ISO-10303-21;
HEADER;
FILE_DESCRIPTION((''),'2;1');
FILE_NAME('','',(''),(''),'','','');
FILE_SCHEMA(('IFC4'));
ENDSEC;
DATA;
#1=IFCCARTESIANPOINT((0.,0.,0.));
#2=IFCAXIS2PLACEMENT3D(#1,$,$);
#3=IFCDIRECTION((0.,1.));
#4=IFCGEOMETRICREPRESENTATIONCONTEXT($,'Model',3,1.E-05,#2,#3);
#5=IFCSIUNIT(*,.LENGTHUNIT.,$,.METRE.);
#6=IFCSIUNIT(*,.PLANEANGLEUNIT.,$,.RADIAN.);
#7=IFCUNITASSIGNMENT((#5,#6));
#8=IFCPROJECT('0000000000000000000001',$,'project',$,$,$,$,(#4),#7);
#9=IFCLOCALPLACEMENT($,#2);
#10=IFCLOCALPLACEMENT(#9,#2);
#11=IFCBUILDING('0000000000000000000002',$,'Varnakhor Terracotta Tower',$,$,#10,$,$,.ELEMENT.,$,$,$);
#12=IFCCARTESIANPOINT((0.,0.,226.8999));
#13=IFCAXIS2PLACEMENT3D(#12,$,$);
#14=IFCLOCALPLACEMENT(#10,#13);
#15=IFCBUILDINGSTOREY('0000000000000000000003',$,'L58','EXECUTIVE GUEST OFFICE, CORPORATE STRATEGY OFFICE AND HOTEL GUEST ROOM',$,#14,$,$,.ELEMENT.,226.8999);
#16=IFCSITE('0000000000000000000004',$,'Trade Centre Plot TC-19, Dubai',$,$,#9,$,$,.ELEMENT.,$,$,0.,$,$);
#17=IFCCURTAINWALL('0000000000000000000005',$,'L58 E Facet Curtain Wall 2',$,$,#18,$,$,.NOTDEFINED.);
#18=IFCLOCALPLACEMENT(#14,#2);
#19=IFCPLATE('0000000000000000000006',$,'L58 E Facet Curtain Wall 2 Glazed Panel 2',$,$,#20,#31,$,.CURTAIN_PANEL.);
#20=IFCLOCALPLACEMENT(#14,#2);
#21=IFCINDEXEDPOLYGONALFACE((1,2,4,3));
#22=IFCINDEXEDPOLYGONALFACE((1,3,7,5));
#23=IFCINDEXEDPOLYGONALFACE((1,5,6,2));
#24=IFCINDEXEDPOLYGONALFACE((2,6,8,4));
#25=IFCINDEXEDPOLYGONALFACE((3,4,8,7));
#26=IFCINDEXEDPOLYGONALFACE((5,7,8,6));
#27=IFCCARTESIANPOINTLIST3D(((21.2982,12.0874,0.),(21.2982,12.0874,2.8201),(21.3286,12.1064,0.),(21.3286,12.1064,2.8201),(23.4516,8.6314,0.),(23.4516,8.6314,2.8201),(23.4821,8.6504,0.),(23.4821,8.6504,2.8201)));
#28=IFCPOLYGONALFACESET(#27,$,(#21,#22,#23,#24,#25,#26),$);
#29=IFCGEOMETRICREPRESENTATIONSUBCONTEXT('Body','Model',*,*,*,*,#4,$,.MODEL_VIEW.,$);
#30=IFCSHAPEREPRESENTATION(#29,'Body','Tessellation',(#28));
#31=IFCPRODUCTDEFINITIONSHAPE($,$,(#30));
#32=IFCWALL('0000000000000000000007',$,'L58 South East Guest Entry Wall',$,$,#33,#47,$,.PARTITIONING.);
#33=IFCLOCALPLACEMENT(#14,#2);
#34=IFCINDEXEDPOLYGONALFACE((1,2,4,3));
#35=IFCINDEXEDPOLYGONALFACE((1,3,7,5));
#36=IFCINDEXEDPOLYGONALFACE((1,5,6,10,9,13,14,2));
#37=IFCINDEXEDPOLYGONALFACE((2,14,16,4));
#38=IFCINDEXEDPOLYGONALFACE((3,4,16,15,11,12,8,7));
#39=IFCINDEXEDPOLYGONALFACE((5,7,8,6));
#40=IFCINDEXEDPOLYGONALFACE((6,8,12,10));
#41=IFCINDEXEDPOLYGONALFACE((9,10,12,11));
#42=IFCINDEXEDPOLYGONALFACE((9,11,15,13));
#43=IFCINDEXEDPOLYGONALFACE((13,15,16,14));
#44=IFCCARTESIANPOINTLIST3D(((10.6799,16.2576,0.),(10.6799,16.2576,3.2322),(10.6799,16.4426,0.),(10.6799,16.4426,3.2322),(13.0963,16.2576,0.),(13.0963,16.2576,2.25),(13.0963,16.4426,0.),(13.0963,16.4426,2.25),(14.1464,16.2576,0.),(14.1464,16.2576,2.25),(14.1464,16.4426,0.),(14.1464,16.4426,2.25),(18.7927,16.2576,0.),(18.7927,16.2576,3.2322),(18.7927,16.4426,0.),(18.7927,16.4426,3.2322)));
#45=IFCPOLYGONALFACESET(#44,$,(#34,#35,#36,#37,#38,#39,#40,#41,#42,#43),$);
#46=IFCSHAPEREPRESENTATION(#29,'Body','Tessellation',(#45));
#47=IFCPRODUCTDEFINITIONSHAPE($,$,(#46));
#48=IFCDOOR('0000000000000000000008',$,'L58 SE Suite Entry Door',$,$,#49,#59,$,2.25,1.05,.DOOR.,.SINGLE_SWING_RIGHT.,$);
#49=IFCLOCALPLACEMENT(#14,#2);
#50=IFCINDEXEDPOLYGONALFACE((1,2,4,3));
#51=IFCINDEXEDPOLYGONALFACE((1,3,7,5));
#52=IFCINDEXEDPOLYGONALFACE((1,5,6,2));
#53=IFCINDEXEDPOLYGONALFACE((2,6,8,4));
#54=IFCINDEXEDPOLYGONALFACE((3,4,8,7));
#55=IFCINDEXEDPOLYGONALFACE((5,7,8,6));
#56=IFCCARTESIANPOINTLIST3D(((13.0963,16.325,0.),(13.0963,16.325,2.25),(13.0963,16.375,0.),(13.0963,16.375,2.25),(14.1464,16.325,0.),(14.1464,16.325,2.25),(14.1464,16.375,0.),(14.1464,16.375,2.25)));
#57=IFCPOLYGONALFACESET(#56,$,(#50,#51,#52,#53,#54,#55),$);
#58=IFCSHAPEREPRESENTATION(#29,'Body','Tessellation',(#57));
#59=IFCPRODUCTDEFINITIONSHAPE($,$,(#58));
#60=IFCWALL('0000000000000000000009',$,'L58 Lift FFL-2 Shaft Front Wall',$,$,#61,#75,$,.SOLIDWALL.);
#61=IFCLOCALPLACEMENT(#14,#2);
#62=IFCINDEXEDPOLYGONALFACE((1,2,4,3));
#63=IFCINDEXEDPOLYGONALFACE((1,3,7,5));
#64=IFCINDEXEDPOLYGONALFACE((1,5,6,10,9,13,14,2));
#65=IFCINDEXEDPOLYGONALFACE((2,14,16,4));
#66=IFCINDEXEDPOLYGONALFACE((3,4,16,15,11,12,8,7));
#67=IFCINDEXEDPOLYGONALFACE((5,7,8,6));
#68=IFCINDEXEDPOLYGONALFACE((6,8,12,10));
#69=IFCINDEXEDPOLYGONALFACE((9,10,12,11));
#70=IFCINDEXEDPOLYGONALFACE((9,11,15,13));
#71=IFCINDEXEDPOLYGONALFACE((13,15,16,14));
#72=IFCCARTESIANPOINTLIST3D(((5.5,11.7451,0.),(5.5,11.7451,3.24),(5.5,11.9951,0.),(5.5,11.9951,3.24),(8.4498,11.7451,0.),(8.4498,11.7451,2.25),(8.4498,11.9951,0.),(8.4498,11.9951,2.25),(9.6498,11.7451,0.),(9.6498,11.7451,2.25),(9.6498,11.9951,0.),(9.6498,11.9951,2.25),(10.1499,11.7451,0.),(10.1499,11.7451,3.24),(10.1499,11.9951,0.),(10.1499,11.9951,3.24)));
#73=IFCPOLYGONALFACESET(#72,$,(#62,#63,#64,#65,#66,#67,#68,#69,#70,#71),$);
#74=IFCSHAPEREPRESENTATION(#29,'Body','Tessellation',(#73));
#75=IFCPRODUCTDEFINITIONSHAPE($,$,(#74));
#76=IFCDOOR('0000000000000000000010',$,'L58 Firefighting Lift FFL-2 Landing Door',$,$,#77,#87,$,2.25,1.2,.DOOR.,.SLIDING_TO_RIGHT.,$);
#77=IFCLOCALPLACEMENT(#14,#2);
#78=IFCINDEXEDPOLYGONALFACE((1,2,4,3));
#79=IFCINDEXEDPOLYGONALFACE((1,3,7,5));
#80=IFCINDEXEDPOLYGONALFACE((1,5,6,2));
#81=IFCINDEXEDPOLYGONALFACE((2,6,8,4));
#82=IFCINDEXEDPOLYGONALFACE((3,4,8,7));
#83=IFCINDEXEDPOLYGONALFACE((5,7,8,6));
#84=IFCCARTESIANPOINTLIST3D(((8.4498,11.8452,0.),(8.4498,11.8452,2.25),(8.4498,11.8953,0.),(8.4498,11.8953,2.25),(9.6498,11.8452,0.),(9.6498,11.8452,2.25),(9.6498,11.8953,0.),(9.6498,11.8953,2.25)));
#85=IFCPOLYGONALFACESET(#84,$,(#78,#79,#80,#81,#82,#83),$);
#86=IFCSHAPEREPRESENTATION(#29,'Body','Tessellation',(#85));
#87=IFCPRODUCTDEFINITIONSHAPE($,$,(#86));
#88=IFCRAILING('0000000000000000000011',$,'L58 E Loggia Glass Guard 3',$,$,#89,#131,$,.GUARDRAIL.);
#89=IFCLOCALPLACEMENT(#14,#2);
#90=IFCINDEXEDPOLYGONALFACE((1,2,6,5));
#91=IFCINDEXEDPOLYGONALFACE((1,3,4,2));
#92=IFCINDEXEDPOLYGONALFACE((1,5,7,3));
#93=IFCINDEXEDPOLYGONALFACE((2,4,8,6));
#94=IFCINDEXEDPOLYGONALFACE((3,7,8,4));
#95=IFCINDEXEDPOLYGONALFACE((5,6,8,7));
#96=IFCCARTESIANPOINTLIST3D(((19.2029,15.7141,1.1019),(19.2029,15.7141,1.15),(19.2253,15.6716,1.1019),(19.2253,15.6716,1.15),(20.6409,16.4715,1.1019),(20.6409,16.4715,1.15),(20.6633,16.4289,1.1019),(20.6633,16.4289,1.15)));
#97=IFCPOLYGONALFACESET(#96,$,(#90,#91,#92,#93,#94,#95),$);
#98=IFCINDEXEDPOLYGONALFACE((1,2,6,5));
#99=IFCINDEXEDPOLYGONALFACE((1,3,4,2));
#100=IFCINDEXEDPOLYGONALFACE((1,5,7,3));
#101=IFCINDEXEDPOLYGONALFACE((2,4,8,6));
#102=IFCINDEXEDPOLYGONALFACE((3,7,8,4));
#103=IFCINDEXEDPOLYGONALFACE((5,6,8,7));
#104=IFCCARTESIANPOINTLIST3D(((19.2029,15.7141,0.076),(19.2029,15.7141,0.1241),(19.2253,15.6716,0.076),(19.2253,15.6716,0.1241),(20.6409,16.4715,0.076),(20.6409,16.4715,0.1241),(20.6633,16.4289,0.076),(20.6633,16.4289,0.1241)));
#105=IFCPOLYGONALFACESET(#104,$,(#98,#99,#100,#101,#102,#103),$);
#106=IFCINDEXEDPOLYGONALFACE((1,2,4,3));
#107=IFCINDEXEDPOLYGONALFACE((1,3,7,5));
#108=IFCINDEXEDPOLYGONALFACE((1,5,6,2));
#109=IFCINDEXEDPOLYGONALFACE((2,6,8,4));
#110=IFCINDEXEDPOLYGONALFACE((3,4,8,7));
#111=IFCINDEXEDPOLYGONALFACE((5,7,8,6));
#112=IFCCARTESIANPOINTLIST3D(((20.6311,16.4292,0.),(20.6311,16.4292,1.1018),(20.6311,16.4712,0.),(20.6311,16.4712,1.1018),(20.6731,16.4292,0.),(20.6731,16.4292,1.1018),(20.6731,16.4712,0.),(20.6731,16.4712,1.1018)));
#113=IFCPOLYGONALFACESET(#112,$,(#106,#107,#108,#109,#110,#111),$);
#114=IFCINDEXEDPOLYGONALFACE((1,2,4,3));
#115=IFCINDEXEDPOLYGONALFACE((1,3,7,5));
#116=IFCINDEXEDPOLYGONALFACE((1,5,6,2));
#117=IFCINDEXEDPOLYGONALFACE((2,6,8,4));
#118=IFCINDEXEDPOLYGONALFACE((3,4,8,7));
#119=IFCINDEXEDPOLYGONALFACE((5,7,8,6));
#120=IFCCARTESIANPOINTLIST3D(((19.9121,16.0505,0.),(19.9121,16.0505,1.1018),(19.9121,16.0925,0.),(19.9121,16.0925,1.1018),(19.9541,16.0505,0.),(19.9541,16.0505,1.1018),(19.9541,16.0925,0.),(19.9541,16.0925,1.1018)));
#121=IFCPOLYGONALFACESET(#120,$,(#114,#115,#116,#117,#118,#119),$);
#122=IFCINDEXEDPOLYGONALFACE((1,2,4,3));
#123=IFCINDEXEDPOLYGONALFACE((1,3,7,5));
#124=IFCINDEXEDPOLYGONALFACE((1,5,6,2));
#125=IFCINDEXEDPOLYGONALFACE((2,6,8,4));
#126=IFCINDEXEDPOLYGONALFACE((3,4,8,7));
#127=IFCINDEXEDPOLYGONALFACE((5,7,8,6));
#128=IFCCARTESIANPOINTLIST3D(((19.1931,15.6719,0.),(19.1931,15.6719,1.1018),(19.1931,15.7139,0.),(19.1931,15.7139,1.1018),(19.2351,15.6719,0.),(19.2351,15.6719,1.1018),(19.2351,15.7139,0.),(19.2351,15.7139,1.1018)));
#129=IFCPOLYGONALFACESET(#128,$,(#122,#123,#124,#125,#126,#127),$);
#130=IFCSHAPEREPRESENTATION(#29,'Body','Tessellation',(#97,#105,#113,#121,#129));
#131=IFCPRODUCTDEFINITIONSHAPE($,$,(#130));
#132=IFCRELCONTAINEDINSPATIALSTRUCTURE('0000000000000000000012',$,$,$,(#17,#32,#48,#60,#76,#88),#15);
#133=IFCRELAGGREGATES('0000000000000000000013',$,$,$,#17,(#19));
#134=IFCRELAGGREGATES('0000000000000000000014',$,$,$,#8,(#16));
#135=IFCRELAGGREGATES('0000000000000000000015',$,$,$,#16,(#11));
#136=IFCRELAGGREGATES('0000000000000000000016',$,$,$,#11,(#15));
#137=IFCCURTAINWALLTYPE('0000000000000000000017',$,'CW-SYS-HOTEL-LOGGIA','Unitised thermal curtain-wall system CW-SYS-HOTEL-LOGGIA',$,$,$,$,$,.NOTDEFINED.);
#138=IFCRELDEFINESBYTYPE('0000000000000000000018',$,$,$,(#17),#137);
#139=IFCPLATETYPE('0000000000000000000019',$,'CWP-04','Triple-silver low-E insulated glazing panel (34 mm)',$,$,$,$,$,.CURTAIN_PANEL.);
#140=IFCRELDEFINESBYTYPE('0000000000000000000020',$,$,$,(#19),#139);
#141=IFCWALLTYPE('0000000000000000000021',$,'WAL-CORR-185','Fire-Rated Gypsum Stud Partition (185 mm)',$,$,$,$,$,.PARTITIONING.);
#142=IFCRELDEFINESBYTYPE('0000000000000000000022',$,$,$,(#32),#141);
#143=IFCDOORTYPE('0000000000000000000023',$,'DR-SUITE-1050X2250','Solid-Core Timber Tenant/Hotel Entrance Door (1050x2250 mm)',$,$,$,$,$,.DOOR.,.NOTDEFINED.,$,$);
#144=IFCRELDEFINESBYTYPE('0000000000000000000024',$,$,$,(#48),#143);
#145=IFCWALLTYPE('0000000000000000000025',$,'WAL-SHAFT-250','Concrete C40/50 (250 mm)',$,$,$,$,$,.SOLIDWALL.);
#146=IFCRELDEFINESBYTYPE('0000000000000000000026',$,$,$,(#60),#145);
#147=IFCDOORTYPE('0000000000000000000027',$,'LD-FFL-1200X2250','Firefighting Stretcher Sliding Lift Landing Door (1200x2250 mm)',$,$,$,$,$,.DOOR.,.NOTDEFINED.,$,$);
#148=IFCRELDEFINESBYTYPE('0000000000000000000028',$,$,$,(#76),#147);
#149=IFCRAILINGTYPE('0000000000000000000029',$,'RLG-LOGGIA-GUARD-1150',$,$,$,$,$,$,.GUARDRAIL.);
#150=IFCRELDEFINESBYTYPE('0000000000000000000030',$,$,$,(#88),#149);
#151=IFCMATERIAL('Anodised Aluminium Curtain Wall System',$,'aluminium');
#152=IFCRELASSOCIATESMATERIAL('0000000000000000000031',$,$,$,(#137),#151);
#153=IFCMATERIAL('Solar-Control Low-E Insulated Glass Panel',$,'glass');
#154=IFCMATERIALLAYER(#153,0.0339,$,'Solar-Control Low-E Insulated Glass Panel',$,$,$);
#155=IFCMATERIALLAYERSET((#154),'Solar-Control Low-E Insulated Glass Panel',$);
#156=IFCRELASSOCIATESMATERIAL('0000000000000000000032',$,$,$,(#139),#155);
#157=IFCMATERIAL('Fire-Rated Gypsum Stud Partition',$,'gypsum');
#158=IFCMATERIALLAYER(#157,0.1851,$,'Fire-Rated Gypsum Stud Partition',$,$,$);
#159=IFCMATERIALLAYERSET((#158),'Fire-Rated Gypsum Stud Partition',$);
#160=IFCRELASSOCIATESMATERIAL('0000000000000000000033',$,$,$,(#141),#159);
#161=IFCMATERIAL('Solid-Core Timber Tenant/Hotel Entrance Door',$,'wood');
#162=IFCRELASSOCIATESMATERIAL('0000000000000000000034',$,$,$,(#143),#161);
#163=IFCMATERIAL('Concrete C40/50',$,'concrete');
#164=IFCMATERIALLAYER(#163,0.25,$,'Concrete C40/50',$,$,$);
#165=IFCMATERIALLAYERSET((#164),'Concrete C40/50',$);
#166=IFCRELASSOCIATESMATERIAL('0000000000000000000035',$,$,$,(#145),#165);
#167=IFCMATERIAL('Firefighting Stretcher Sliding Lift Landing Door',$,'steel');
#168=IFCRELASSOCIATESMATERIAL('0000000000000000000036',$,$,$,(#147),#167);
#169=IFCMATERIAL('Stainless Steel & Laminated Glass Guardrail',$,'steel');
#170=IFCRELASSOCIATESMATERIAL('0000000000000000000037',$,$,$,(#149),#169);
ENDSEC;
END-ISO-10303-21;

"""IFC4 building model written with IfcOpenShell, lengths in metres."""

from ifc_helpers import new_model, si_unit, direction, frame, frame_2d, origin, origin_2d, place, context, subcontext, project, spatial, rectangle, extrude, source, transform, mapped, material, layer, layer_set, type_object, type_shapes, element, fill, aggregate, save


model = new_model("IFC4")

# Units and contexts
model_context = context("Model", 3, precision=1e-05, world=origin(), true_north=direction((0.0, 1.0)))
body_context = subcontext(model_context, "Body", "Model", "MODEL_VIEW")
ifc_project = project(units=[si_unit("LENGTHUNIT", "METRE"), si_unit("PLANEANGLEUNIT", "RADIAN")], contexts=[model_context])

# Site, building, storey
site_placement = place(None, origin())
site = spatial("IfcSite", under=ifc_project, at=site_placement, Name="Trade Centre Plot TC-19, Dubai", CompositionType="ELEMENT", RefElevation=0.0)
building_placement = place(site_placement, origin())
building = spatial("IfcBuilding", under=site, at=building_placement, Name="Varnakhor Terracotta Tower", CompositionType="ELEMENT")
storey_placement = place(building_placement, frame((0.0, 0.0, 226.8999)))
storey = spatial("IfcBuildingStorey", under=building, at=storey_placement, Name="L58", Description="EXECUTIVE GUEST OFFICE, CORPORATE STRATEGY OFFICE AND HOTEL GUEST ROOM", CompositionType="ELEMENT", Elevation=226.8999)

# Curtain wall, plate
ifc_material_1 = material(Name="Anodised Aluminium Curtain Wall System", Category="aluminium")
curtain_wall_type = type_object("IfcCurtainWallType", Name="CW-SYS-HOTEL-LOGGIA", Description="Unitised thermal curtain-wall system CW-SYS-HOTEL-LOGGIA", PredefinedType="NOTDEFINED", material=ifc_material_1)
curtain_wall_placement = place(storey_placement, origin())
curtain_wall = element("IfcCurtainWall", 1, at=curtain_wall_placement, inside=storey, type_object=curtain_wall_type, Name="L58 E Facet Curtain Wall 2", PredefinedType="NOTDEFINED")
ifc_material_2 = material(Name="Solar-Control Low-E Insulated Glass Panel", Category="glass")
ifc_layer_1 = layer(ifc_material_2, 0.0339, Name="Solar-Control Low-E Insulated Glass Panel")
ifc_layer_set_1 = layer_set([ifc_layer_1], Name="Solar-Control Low-E Insulated Glass Panel")
plate_type = type_object("IfcPlateType", Name="CWP-04", Description="Triple-silver low-E insulated glazing panel (34 mm)", PredefinedType="CURTAIN_PANEL", material=ifc_layer_set_1)
shared_shape_1 = source(origin(), body_context, "Body", "SweptSolid", [
    extrude(rectangle(XDim=4.072, YDim=0.0359, at=origin_2d()), origin(), (0.0, 0.0, 1.0), 2.8201),
])
plate_1_placement = place(storey_placement, frame((22.3901, 10.3689, 0.0), z_axis=(0.0, 0.0, 1.0), x_axis=(0.528838, -0.848723, 0.0)))
plate_1 = element("IfcPlate", 2, at=plate_1_placement, type_object=plate_type, Name="L58 E Facet Curtain Wall 2 Glazed Panel 2", PredefinedType="CURTAIN_PANEL", context=body_context, shape_type="MappedRepresentation", body=[
    mapped(shared_shape_1, transform((0.0, 0.0, 0.0), scale=1.0)),
])
aggregate(curtain_wall, [plate_1])

# Walls, openings, doors
ifc_material_3 = material(Name="Fire-Rated Gypsum Stud Partition", Category="gypsum")
ifc_layer_2 = layer(ifc_material_3, 0.1851, Name="Fire-Rated Gypsum Stud Partition")
ifc_layer_set_2 = layer_set([ifc_layer_2], Name="Fire-Rated Gypsum Stud Partition")
wall_type_1 = type_object("IfcWallType", Name="WAL-CORR-185", Description="Fire-Rated Gypsum Stud Partition (185 mm)", PredefinedType="PARTITIONING", material=ifc_layer_set_2)
wall_1_placement = place(storey_placement, frame((10.6799, 16.3501, 0.0), z_axis=(0.0, 0.0, 1.0), x_axis=(1.0, 0.0, 0.0)))
wall_1 = element("IfcWall", 3, at=wall_1_placement, inside=storey, type_object=wall_type_1, Name="L58 South East Guest Entry Wall", PredefinedType="PARTITIONING", context=body_context, shape_type="SweptSolid", body=[
    extrude(rectangle(XDim=8.1128, YDim=0.1851, at=frame_2d((4.0564, 0.0))), origin(), (0.0, 0.0, 1.0), 3.2322),
])
opening_1_placement = place(wall_1_placement, frame((2.4165, 0.0, 0.0)))
opening_1 = element("IfcOpeningElement", 4, at=opening_1_placement, cuts=wall_1, PredefinedType="OPENING", context=body_context, shape_type="SweptSolid", body=[
    extrude(rectangle(XDim=1.05, YDim=2.25, at=frame_2d((0.5249, 1.125))), frame((0.0, 0.1025, 0.0), z_axis=(0.0, -1.0, 0.0), x_axis=(1.0, 0.0, 0.0)), (0.0, 0.0, 1.0), 0.2051),
])
ifc_material_4 = material(Name="Solid-Core Timber Tenant/Hotel Entrance Door", Category="wood")
door_type_1 = type_object("IfcDoorType", Name="DR-SUITE-1050X2250", Description="Solid-Core Timber Tenant/Hotel Entrance Door (1050x2250 mm)", OperationType="NOTDEFINED", PredefinedType="DOOR", material=ifc_material_4)
shared_shape_2 = source(origin(), body_context, "Body", "SweptSolid", [
    extrude(rectangle(XDim=1.05, YDim=2.25, at=frame_2d((0.5249, 1.125))), frame((0.0, 0.0249, 0.0), z_axis=(0.0, -1.0, 0.0), x_axis=(1.0, 0.0, 0.0)), (0.0, 0.0, 1.0), 0.05),
])
type_shapes(door_type_1, [shared_shape_2])
door_1_placement = place(opening_1_placement, origin())
door_1 = element("IfcDoor", 5, at=door_1_placement, inside=storey, type_object=door_type_1, Name="L58 SE Suite Entry Door", OperationType="SINGLE_SWING_RIGHT", OverallHeight=2.25, OverallWidth=1.05, PredefinedType="DOOR", context=body_context, shape_type="MappedRepresentation", body=[
    mapped(shared_shape_2, transform((0.0, 0.0, 0.0), scale=1.0)),
])
fill(opening_1, door_1)
ifc_material_5 = material(Name="Concrete C40/50", Category="concrete")
ifc_layer_3 = layer(ifc_material_5, 0.25, Name="Concrete C40/50")
ifc_layer_set_3 = layer_set([ifc_layer_3], Name="Concrete C40/50")
wall_type_2 = type_object("IfcWallType", Name="WAL-SHAFT-250", Description="Concrete C40/50 (250 mm)", PredefinedType="SOLIDWALL", material=ifc_layer_set_3)
wall_2_placement = place(storey_placement, frame((10.1499, 11.8701, 0.0), z_axis=(0.0, 0.0, 1.0), x_axis=(-1.0, 0.0, 0.0)))
wall_2 = element("IfcWall", 6, at=wall_2_placement, inside=storey, type_object=wall_type_2, Name="L58 Lift FFL-2 Shaft Front Wall", PredefinedType="SOLIDWALL", context=body_context, shape_type="SweptSolid", body=[
    extrude(rectangle(XDim=4.6499, YDim=0.25, at=frame_2d((2.325, 0.0))), origin(), (0.0, 0.0, 1.0), 3.24),
])
opening_2_placement = place(wall_2_placement, frame((0.5, 0.0, 0.0)))
opening_2 = element("IfcOpeningElement", 7, at=opening_2_placement, cuts=wall_2, PredefinedType="OPENING", context=body_context, shape_type="SweptSolid", body=[
    extrude(rectangle(XDim=1.2, YDim=2.25, at=frame_2d((0.6001, 1.125))), frame((0.0, 0.135, 0.0), z_axis=(0.0, -1.0, 0.0), x_axis=(1.0, 0.0, 0.0)), (0.0, 0.0, 1.0), 0.27),
])
ifc_material_6 = material(Name="Firefighting Stretcher Sliding Lift Landing Door", Category="steel")
door_type_2 = type_object("IfcDoorType", Name="LD-FFL-1200X2250", Description="Firefighting Stretcher Sliding Lift Landing Door (1200x2250 mm)", OperationType="NOTDEFINED", PredefinedType="DOOR", material=ifc_material_6)
shared_shape_3 = source(origin(), body_context, "Body", "SweptSolid", [
    extrude(rectangle(XDim=1.2, YDim=2.25, at=frame_2d((0.6001, 1.125))), frame((0.0, 0.0249, 0.0), z_axis=(0.0, -1.0, 0.0), x_axis=(1.0, 0.0, 0.0)), (0.0, 0.0, 1.0), 0.05),
])
type_shapes(door_type_2, [shared_shape_3])
door_2_placement = place(opening_2_placement, origin())
door_2 = element("IfcDoor", 8, at=door_2_placement, inside=storey, type_object=door_type_2, Name="L58 Firefighting Lift FFL-2 Landing Door", OperationType="SLIDING_TO_RIGHT", OverallHeight=2.25, OverallWidth=1.2, PredefinedType="DOOR", context=body_context, shape_type="MappedRepresentation", body=[
    mapped(shared_shape_3, transform((0.0, 0.0, 0.0), scale=1.0)),
])
fill(opening_2, door_2)

# Railing
ifc_material_7 = material(Name="Stainless Steel & Laminated Glass Guardrail", Category="steel")
railing_type = type_object("IfcRailingType", Name="RLG-LOGGIA-GUARD-1150", PredefinedType="GUARDRAIL", material=ifc_material_7)
railing_placement = place(storey_placement, frame((20.6521, 16.4502, 0.0)))
element("IfcRailing", 9, at=railing_placement, inside=storey, type_object=railing_type, Name="L58 E Loggia Glass Guard 3", PredefinedType="GUARDRAIL", context=body_context, shape_type="SweptSolid", body=[
    extrude(rectangle(XDim=0.0481, YDim=0.0481, at=origin_2d()), frame((0.0, 0.0, 1.126), z_axis=(-0.884794, -0.465982, 0.0), x_axis=(0.465982, -0.884794, 0.0)), (0.0, 0.0, 1.0), 1.6252),
    extrude(rectangle(XDim=0.0481, YDim=0.0481, at=origin_2d()), frame((0.0, 0.0, 0.1001), z_axis=(-0.884794, -0.465982, 0.0), x_axis=(0.465982, -0.884794, 0.0)), (0.0, 0.0, 1.0), 1.6252),
    extrude(rectangle(XDim=0.042, YDim=0.042, at=origin_2d()), origin(), (0.0, 0.0, 1.0), 1.1018),
    extrude(rectangle(XDim=0.042, YDim=0.042, at=origin_2d()), frame((-0.719, -0.3787, 0.0)), (0.0, 0.0, 1.0), 1.1018),
    extrude(rectangle(XDim=0.042, YDim=0.042, at=origin_2d()), frame((-1.438, -0.7573, 0.0)), (0.0, 0.0, 1.0), 1.1018),
])

save(model, "model.ifc")
